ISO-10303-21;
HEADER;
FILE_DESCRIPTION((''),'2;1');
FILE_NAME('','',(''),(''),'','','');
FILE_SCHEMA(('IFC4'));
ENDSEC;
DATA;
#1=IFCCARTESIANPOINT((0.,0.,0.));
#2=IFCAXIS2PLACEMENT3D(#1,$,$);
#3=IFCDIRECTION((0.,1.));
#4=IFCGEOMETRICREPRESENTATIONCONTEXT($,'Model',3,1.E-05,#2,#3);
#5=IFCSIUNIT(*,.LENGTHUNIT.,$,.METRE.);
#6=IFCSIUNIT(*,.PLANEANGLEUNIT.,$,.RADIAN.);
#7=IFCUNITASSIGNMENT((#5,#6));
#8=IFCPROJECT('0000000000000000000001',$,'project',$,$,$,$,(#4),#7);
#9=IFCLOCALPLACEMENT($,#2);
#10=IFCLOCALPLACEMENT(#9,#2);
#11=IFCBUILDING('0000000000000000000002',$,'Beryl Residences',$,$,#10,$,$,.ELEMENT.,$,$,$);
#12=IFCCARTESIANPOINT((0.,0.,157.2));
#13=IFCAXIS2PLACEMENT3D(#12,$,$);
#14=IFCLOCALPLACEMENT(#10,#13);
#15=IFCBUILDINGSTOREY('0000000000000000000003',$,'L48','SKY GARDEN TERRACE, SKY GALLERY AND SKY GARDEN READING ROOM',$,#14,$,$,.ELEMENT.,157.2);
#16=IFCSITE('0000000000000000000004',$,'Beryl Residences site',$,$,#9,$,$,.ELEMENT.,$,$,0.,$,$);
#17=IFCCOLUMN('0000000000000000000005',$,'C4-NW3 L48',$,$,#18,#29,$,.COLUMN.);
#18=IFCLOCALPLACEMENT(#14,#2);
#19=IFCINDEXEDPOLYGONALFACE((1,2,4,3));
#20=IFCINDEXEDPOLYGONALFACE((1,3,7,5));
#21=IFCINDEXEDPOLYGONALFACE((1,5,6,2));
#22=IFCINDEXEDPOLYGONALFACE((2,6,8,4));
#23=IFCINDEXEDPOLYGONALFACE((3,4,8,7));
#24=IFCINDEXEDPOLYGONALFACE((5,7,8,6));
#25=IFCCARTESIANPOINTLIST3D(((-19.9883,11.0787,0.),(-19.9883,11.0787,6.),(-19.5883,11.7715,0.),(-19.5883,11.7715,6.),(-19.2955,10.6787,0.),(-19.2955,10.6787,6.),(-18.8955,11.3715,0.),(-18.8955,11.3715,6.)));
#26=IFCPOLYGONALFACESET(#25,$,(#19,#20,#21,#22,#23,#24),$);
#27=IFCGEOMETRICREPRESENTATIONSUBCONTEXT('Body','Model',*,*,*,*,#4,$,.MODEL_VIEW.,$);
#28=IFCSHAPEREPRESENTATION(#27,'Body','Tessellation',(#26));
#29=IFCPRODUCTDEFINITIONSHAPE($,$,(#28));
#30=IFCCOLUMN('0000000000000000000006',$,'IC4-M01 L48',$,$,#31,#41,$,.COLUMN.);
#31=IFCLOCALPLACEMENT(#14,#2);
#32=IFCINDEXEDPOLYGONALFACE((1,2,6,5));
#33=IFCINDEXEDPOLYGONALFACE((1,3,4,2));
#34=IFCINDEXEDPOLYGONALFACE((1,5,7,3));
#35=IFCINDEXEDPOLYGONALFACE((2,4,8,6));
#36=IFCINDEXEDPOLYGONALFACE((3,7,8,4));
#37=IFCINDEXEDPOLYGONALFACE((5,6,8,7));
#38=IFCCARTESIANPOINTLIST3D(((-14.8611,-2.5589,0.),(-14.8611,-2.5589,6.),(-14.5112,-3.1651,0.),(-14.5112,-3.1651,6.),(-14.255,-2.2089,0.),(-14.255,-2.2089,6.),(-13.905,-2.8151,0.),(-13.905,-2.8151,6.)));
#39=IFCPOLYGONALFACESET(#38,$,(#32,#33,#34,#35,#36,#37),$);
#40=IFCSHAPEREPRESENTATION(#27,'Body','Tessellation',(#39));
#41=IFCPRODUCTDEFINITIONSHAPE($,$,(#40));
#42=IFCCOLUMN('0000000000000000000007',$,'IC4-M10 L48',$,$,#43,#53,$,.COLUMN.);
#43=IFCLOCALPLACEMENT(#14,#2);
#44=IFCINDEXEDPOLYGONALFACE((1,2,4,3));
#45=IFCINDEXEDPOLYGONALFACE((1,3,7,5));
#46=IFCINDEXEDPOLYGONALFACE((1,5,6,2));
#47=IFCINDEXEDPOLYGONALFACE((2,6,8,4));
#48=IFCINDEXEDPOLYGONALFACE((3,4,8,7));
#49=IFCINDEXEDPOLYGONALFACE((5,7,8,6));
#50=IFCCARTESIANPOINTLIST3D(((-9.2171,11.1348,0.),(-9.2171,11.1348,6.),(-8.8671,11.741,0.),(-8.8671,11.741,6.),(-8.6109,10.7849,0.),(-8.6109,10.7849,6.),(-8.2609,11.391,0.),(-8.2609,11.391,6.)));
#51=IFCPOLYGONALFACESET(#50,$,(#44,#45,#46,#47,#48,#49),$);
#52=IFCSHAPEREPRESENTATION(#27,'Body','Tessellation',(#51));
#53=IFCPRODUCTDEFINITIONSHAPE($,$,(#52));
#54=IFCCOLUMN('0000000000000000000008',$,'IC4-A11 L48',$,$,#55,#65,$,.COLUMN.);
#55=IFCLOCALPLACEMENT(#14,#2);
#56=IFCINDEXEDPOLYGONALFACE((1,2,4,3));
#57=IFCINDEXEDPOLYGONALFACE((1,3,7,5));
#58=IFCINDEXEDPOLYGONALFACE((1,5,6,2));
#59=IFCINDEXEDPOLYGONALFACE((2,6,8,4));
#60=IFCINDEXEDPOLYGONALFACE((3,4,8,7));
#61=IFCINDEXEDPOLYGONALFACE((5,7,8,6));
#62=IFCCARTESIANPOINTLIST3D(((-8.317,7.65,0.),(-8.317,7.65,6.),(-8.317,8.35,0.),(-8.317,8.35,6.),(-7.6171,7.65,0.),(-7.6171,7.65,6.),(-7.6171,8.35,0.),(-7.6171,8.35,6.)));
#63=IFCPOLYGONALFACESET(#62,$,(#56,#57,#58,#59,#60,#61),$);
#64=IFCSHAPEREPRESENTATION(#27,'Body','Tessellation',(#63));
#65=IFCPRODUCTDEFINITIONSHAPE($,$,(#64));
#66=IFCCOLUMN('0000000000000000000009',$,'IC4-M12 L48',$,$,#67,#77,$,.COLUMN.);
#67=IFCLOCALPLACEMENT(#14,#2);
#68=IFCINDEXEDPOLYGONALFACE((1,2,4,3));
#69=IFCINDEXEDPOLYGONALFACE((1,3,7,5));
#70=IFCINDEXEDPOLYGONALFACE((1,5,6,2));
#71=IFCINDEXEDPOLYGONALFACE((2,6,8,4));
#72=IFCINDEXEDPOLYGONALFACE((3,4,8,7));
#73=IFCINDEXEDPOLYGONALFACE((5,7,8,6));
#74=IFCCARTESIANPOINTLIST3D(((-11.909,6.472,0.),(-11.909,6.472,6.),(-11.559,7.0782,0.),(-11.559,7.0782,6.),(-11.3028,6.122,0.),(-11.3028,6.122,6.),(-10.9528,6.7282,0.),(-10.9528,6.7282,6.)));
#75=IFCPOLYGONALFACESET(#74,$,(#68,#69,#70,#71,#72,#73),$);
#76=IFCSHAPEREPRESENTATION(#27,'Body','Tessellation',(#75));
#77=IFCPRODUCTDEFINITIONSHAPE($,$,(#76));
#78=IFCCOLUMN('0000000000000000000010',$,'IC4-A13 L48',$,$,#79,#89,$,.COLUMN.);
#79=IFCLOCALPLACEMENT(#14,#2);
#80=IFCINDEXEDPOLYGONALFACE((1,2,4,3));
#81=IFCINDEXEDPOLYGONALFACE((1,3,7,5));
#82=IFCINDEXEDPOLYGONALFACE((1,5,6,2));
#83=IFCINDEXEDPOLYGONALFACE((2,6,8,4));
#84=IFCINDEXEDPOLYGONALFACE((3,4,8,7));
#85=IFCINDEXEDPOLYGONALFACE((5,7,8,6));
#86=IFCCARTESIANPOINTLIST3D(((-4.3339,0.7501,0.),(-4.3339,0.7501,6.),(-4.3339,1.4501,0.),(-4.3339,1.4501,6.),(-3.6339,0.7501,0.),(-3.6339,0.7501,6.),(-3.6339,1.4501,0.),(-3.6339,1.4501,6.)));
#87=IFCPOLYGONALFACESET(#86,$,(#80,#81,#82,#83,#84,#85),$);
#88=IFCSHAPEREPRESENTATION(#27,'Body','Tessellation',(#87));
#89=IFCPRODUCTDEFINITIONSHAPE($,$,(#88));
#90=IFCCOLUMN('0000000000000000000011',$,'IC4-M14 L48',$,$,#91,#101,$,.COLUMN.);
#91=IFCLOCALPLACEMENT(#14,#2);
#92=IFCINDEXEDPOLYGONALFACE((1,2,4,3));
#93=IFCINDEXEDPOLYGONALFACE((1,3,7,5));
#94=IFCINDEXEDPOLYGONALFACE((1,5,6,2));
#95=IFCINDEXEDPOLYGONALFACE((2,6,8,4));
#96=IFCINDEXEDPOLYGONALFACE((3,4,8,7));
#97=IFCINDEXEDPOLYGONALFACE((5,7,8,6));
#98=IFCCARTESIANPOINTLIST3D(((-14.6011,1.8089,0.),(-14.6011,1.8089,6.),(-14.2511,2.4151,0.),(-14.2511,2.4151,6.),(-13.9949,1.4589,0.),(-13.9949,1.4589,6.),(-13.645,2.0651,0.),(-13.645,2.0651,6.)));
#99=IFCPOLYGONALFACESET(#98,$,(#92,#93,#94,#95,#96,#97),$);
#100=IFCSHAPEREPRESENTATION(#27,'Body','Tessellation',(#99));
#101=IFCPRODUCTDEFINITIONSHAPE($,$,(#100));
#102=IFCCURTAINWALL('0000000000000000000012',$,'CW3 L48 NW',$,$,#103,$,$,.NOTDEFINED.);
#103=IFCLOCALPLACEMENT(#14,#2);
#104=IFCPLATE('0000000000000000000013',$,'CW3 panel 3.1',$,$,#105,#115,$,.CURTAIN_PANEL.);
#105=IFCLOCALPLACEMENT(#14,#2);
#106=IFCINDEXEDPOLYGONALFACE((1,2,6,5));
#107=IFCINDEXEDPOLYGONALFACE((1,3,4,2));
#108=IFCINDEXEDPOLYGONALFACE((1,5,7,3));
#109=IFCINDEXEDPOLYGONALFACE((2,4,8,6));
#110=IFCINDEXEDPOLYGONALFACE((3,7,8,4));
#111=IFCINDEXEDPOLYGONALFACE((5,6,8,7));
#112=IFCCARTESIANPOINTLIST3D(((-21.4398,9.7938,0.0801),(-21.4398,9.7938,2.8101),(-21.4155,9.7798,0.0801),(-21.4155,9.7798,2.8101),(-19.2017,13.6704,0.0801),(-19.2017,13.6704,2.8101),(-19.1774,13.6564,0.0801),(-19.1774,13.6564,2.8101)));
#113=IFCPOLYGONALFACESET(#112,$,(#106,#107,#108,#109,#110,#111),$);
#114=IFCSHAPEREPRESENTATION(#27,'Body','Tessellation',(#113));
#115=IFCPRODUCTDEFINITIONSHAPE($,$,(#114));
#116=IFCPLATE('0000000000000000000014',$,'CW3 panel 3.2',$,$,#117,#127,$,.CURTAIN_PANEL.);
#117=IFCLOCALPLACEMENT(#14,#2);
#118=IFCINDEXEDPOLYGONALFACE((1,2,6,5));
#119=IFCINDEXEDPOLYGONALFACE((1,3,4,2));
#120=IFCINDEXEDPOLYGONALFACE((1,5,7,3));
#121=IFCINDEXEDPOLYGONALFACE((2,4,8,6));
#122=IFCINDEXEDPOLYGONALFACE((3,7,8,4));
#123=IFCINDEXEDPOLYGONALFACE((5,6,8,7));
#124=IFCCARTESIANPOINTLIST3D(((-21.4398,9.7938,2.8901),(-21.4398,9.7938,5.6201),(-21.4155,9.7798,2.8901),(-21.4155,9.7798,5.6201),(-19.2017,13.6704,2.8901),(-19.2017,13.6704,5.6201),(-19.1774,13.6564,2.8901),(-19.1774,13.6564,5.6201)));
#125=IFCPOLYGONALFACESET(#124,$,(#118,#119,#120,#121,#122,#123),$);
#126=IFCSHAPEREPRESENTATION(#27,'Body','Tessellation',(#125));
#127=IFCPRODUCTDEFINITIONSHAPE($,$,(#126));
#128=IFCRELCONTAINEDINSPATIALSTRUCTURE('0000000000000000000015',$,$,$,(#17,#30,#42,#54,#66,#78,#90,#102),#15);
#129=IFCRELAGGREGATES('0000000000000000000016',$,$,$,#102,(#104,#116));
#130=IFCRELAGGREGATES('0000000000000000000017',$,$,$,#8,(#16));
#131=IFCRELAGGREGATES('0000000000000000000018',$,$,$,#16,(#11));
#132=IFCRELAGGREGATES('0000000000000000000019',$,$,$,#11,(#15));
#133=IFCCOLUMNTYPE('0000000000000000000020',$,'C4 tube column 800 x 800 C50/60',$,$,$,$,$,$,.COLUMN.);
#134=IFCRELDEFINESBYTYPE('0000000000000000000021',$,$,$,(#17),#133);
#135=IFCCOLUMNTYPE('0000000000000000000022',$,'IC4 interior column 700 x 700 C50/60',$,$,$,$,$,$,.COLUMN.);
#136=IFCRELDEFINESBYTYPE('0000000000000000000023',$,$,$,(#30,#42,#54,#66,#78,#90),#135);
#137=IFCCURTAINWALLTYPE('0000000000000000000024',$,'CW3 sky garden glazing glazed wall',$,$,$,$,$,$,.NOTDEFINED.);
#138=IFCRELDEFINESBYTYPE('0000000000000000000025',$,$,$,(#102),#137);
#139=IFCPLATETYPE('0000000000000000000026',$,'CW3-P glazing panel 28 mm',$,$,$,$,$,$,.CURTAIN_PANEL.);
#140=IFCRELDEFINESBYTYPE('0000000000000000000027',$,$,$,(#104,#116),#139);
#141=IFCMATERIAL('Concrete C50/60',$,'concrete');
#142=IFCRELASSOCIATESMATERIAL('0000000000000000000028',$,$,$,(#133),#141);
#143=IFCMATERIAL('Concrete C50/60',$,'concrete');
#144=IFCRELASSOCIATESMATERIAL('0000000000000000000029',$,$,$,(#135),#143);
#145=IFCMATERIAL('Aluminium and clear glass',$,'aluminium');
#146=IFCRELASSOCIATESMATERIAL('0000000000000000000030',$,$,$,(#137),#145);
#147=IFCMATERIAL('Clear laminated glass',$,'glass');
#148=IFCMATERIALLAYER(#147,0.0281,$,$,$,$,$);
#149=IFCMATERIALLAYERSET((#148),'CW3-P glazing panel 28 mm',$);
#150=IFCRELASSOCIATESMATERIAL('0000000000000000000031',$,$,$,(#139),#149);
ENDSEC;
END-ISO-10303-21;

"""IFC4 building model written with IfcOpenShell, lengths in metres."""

from ifc_helpers import new_model, si_unit, direction, frame, origin, origin_2d, place, context, subcontext, project, spatial, rectangle, extrude, material, layer, layer_set, material_profile, profile_set, type_object, element, aggregate, save


model = new_model("IFC4")

# Units and contexts
model_context = context("Model", 3, precision=1e-05, world=origin(), true_north=direction((0.0, 1.0)))
body_context = subcontext(model_context, "Body", "Model", "MODEL_VIEW")
ifc_project = project(units=[si_unit("LENGTHUNIT", "METRE"), si_unit("PLANEANGLEUNIT", "RADIAN")], contexts=[model_context])

# Site, building, storey
site_placement = place(None, origin())
site = spatial("IfcSite", under=ifc_project, at=site_placement, Name="Beryl Residences site", CompositionType="ELEMENT", RefElevation=0.0)
building_placement = place(site_placement, origin())
building = spatial("IfcBuilding", under=site, at=building_placement, Name="Beryl Residences", CompositionType="ELEMENT")
storey_placement = place(building_placement, frame((0.0, 0.0, 157.2)))
storey = spatial("IfcBuildingStorey", under=building, at=storey_placement, Name="L48", Description="SKY GARDEN TERRACE, SKY GALLERY AND SKY GARDEN READING ROOM", CompositionType="ELEMENT", Elevation=157.2)

# Columns
ifc_material_1 = material(Name="Concrete C50/60", Category="concrete")
ifc_material_profile_1 = material_profile(ifc_material_1, rectangle(XDim=0.8, YDim=0.8, at=origin_2d()))
ifc_profile_set_1 = profile_set([ifc_material_profile_1], Name="Concrete C50/60")
column_type_1 = type_object("IfcColumnType", Name="C4 tube column 800 x 800 C50/60", PredefinedType="COLUMN", material=ifc_profile_set_1)
column_placement = place(storey_placement, frame((-19.4419, 11.2251, 0.0), z_axis=(0.0, 0.0, 1.0), x_axis=(-0.5, -0.866025, 0.0)))
element("IfcColumn", 1, at=column_placement, inside=storey, type_object=column_type_1, Name="C4-NW3 L48", PredefinedType="COLUMN", context=body_context, shape_type="SweptSolid", body=[
    extrude(rectangle(XDim=0.8, YDim=0.8, at=origin_2d()), origin(), (0.0, 0.0, 1.0), 6.0),
])
ifc_material_2 = material(Name="Concrete C50/60", Category="concrete")
ifc_material_profile_2 = material_profile(ifc_material_2, rectangle(XDim=0.7, YDim=0.7, at=origin_2d()))
ifc_profile_set_2 = profile_set([ifc_material_profile_2], Name="Concrete C50/60")
column_type_2 = type_object("IfcColumnType", Name="IC4 interior column 700 x 700 C50/60", PredefinedType="COLUMN", material=ifc_profile_set_2)
for number, where, z_axis, x_axis, name in (
    (2, (-14.3831, -2.687, 0.0), (0.0, 0.0, 1.0), (0.5, -0.866025, 0.0), "IC4-M01 L48"),
    (3, (-8.739, 11.2629, 0.0), (0.0, 0.0, 1.0), (-0.5, -0.866025, 0.0), "IC4-M10 L48"),
    (4, (-7.967, 8.0, 0.0), (0.0, 0.0, 1.0), (1.0, 0.0, 0.0), "IC4-A11 L48"),
    (5, (-11.4309, 6.6001, 0.0), (0.0, 0.0, 1.0), (-0.5, -0.866025, 0.0), "IC4-M12 L48"),
    (6, (-3.9839, 1.1001, 0.0), (0.0, 0.0, 1.0), (1.0, 0.0, 0.0), "IC4-A13 L48"),
    (7, (-14.123, 1.937, 0.0), (0.0, 0.0, 1.0), (-0.5, -0.866025, 0.0), "IC4-M14 L48"),
):
    element("IfcColumn", number, at=place(storey_placement, frame(where, z_axis=z_axis, x_axis=x_axis)), inside=storey, type_object=column_type_2, Name=name, PredefinedType="COLUMN", context=body_context, shape_type="SweptSolid", body=[
        extrude(rectangle(XDim=0.7, YDim=0.7, at=origin_2d()), origin(), (0.0, 0.0, 1.0), 6.0),
    ])

# Curtain wall, plates
ifc_material_3 = material(Name="Aluminium and clear glass", Category="aluminium")
curtain_wall_type = type_object("IfcCurtainWallType", Name="CW3 sky garden glazing glazed wall", PredefinedType="NOTDEFINED", material=ifc_material_3)
curtain_wall_placement = place(storey_placement, origin())
curtain_wall = element("IfcCurtainWall", 8, at=curtain_wall_placement, inside=storey, type_object=curtain_wall_type, Name="CW3 L48 NW", PredefinedType="NOTDEFINED")
ifc_material_4 = material(Name="Clear laminated glass", Category="glass")
ifc_layer_1 = layer(ifc_material_4, 0.0281)
ifc_layer_set_1 = layer_set([ifc_layer_1], Name="CW3-P glazing panel 28 mm")
plate_type = type_object("IfcPlateType", Name="CW3-P glazing panel 28 mm", PredefinedType="CURTAIN_PANEL", material=ifc_layer_set_1)
plate_1_placement = place(storey_placement, frame((-20.3086, 11.7251, 0.0801), z_axis=(0.0, 0.0, 1.0), x_axis=(-0.499996, -0.866028, 0.0)))
plate_1 = element("IfcPlate", 9, at=plate_1_placement, type_object=plate_type, Name="CW3 panel 3.1", PredefinedType="CURTAIN_PANEL", context=body_context, shape_type="SweptSolid", body=[
    extrude(rectangle(XDim=4.4763, YDim=0.0281, at=origin_2d()), origin(), (0.0, 0.0, 1.0), 2.73),
])
plate_2_placement = place(storey_placement, frame((-20.3086, 11.7251, 2.8901), z_axis=(0.0, 0.0, 1.0), x_axis=(-0.499996, -0.866028, 0.0)))
plate_2 = element("IfcPlate", 10, at=plate_2_placement, type_object=plate_type, Name="CW3 panel 3.2", PredefinedType="CURTAIN_PANEL", context=body_context, shape_type="SweptSolid", body=[
    extrude(rectangle(XDim=4.4763, YDim=0.0281, at=origin_2d()), origin(), (0.0, 0.0, 1.0), 2.73),
])
aggregate(curtain_wall, [plate_1, plate_2])

save(model, "model.ifc")
